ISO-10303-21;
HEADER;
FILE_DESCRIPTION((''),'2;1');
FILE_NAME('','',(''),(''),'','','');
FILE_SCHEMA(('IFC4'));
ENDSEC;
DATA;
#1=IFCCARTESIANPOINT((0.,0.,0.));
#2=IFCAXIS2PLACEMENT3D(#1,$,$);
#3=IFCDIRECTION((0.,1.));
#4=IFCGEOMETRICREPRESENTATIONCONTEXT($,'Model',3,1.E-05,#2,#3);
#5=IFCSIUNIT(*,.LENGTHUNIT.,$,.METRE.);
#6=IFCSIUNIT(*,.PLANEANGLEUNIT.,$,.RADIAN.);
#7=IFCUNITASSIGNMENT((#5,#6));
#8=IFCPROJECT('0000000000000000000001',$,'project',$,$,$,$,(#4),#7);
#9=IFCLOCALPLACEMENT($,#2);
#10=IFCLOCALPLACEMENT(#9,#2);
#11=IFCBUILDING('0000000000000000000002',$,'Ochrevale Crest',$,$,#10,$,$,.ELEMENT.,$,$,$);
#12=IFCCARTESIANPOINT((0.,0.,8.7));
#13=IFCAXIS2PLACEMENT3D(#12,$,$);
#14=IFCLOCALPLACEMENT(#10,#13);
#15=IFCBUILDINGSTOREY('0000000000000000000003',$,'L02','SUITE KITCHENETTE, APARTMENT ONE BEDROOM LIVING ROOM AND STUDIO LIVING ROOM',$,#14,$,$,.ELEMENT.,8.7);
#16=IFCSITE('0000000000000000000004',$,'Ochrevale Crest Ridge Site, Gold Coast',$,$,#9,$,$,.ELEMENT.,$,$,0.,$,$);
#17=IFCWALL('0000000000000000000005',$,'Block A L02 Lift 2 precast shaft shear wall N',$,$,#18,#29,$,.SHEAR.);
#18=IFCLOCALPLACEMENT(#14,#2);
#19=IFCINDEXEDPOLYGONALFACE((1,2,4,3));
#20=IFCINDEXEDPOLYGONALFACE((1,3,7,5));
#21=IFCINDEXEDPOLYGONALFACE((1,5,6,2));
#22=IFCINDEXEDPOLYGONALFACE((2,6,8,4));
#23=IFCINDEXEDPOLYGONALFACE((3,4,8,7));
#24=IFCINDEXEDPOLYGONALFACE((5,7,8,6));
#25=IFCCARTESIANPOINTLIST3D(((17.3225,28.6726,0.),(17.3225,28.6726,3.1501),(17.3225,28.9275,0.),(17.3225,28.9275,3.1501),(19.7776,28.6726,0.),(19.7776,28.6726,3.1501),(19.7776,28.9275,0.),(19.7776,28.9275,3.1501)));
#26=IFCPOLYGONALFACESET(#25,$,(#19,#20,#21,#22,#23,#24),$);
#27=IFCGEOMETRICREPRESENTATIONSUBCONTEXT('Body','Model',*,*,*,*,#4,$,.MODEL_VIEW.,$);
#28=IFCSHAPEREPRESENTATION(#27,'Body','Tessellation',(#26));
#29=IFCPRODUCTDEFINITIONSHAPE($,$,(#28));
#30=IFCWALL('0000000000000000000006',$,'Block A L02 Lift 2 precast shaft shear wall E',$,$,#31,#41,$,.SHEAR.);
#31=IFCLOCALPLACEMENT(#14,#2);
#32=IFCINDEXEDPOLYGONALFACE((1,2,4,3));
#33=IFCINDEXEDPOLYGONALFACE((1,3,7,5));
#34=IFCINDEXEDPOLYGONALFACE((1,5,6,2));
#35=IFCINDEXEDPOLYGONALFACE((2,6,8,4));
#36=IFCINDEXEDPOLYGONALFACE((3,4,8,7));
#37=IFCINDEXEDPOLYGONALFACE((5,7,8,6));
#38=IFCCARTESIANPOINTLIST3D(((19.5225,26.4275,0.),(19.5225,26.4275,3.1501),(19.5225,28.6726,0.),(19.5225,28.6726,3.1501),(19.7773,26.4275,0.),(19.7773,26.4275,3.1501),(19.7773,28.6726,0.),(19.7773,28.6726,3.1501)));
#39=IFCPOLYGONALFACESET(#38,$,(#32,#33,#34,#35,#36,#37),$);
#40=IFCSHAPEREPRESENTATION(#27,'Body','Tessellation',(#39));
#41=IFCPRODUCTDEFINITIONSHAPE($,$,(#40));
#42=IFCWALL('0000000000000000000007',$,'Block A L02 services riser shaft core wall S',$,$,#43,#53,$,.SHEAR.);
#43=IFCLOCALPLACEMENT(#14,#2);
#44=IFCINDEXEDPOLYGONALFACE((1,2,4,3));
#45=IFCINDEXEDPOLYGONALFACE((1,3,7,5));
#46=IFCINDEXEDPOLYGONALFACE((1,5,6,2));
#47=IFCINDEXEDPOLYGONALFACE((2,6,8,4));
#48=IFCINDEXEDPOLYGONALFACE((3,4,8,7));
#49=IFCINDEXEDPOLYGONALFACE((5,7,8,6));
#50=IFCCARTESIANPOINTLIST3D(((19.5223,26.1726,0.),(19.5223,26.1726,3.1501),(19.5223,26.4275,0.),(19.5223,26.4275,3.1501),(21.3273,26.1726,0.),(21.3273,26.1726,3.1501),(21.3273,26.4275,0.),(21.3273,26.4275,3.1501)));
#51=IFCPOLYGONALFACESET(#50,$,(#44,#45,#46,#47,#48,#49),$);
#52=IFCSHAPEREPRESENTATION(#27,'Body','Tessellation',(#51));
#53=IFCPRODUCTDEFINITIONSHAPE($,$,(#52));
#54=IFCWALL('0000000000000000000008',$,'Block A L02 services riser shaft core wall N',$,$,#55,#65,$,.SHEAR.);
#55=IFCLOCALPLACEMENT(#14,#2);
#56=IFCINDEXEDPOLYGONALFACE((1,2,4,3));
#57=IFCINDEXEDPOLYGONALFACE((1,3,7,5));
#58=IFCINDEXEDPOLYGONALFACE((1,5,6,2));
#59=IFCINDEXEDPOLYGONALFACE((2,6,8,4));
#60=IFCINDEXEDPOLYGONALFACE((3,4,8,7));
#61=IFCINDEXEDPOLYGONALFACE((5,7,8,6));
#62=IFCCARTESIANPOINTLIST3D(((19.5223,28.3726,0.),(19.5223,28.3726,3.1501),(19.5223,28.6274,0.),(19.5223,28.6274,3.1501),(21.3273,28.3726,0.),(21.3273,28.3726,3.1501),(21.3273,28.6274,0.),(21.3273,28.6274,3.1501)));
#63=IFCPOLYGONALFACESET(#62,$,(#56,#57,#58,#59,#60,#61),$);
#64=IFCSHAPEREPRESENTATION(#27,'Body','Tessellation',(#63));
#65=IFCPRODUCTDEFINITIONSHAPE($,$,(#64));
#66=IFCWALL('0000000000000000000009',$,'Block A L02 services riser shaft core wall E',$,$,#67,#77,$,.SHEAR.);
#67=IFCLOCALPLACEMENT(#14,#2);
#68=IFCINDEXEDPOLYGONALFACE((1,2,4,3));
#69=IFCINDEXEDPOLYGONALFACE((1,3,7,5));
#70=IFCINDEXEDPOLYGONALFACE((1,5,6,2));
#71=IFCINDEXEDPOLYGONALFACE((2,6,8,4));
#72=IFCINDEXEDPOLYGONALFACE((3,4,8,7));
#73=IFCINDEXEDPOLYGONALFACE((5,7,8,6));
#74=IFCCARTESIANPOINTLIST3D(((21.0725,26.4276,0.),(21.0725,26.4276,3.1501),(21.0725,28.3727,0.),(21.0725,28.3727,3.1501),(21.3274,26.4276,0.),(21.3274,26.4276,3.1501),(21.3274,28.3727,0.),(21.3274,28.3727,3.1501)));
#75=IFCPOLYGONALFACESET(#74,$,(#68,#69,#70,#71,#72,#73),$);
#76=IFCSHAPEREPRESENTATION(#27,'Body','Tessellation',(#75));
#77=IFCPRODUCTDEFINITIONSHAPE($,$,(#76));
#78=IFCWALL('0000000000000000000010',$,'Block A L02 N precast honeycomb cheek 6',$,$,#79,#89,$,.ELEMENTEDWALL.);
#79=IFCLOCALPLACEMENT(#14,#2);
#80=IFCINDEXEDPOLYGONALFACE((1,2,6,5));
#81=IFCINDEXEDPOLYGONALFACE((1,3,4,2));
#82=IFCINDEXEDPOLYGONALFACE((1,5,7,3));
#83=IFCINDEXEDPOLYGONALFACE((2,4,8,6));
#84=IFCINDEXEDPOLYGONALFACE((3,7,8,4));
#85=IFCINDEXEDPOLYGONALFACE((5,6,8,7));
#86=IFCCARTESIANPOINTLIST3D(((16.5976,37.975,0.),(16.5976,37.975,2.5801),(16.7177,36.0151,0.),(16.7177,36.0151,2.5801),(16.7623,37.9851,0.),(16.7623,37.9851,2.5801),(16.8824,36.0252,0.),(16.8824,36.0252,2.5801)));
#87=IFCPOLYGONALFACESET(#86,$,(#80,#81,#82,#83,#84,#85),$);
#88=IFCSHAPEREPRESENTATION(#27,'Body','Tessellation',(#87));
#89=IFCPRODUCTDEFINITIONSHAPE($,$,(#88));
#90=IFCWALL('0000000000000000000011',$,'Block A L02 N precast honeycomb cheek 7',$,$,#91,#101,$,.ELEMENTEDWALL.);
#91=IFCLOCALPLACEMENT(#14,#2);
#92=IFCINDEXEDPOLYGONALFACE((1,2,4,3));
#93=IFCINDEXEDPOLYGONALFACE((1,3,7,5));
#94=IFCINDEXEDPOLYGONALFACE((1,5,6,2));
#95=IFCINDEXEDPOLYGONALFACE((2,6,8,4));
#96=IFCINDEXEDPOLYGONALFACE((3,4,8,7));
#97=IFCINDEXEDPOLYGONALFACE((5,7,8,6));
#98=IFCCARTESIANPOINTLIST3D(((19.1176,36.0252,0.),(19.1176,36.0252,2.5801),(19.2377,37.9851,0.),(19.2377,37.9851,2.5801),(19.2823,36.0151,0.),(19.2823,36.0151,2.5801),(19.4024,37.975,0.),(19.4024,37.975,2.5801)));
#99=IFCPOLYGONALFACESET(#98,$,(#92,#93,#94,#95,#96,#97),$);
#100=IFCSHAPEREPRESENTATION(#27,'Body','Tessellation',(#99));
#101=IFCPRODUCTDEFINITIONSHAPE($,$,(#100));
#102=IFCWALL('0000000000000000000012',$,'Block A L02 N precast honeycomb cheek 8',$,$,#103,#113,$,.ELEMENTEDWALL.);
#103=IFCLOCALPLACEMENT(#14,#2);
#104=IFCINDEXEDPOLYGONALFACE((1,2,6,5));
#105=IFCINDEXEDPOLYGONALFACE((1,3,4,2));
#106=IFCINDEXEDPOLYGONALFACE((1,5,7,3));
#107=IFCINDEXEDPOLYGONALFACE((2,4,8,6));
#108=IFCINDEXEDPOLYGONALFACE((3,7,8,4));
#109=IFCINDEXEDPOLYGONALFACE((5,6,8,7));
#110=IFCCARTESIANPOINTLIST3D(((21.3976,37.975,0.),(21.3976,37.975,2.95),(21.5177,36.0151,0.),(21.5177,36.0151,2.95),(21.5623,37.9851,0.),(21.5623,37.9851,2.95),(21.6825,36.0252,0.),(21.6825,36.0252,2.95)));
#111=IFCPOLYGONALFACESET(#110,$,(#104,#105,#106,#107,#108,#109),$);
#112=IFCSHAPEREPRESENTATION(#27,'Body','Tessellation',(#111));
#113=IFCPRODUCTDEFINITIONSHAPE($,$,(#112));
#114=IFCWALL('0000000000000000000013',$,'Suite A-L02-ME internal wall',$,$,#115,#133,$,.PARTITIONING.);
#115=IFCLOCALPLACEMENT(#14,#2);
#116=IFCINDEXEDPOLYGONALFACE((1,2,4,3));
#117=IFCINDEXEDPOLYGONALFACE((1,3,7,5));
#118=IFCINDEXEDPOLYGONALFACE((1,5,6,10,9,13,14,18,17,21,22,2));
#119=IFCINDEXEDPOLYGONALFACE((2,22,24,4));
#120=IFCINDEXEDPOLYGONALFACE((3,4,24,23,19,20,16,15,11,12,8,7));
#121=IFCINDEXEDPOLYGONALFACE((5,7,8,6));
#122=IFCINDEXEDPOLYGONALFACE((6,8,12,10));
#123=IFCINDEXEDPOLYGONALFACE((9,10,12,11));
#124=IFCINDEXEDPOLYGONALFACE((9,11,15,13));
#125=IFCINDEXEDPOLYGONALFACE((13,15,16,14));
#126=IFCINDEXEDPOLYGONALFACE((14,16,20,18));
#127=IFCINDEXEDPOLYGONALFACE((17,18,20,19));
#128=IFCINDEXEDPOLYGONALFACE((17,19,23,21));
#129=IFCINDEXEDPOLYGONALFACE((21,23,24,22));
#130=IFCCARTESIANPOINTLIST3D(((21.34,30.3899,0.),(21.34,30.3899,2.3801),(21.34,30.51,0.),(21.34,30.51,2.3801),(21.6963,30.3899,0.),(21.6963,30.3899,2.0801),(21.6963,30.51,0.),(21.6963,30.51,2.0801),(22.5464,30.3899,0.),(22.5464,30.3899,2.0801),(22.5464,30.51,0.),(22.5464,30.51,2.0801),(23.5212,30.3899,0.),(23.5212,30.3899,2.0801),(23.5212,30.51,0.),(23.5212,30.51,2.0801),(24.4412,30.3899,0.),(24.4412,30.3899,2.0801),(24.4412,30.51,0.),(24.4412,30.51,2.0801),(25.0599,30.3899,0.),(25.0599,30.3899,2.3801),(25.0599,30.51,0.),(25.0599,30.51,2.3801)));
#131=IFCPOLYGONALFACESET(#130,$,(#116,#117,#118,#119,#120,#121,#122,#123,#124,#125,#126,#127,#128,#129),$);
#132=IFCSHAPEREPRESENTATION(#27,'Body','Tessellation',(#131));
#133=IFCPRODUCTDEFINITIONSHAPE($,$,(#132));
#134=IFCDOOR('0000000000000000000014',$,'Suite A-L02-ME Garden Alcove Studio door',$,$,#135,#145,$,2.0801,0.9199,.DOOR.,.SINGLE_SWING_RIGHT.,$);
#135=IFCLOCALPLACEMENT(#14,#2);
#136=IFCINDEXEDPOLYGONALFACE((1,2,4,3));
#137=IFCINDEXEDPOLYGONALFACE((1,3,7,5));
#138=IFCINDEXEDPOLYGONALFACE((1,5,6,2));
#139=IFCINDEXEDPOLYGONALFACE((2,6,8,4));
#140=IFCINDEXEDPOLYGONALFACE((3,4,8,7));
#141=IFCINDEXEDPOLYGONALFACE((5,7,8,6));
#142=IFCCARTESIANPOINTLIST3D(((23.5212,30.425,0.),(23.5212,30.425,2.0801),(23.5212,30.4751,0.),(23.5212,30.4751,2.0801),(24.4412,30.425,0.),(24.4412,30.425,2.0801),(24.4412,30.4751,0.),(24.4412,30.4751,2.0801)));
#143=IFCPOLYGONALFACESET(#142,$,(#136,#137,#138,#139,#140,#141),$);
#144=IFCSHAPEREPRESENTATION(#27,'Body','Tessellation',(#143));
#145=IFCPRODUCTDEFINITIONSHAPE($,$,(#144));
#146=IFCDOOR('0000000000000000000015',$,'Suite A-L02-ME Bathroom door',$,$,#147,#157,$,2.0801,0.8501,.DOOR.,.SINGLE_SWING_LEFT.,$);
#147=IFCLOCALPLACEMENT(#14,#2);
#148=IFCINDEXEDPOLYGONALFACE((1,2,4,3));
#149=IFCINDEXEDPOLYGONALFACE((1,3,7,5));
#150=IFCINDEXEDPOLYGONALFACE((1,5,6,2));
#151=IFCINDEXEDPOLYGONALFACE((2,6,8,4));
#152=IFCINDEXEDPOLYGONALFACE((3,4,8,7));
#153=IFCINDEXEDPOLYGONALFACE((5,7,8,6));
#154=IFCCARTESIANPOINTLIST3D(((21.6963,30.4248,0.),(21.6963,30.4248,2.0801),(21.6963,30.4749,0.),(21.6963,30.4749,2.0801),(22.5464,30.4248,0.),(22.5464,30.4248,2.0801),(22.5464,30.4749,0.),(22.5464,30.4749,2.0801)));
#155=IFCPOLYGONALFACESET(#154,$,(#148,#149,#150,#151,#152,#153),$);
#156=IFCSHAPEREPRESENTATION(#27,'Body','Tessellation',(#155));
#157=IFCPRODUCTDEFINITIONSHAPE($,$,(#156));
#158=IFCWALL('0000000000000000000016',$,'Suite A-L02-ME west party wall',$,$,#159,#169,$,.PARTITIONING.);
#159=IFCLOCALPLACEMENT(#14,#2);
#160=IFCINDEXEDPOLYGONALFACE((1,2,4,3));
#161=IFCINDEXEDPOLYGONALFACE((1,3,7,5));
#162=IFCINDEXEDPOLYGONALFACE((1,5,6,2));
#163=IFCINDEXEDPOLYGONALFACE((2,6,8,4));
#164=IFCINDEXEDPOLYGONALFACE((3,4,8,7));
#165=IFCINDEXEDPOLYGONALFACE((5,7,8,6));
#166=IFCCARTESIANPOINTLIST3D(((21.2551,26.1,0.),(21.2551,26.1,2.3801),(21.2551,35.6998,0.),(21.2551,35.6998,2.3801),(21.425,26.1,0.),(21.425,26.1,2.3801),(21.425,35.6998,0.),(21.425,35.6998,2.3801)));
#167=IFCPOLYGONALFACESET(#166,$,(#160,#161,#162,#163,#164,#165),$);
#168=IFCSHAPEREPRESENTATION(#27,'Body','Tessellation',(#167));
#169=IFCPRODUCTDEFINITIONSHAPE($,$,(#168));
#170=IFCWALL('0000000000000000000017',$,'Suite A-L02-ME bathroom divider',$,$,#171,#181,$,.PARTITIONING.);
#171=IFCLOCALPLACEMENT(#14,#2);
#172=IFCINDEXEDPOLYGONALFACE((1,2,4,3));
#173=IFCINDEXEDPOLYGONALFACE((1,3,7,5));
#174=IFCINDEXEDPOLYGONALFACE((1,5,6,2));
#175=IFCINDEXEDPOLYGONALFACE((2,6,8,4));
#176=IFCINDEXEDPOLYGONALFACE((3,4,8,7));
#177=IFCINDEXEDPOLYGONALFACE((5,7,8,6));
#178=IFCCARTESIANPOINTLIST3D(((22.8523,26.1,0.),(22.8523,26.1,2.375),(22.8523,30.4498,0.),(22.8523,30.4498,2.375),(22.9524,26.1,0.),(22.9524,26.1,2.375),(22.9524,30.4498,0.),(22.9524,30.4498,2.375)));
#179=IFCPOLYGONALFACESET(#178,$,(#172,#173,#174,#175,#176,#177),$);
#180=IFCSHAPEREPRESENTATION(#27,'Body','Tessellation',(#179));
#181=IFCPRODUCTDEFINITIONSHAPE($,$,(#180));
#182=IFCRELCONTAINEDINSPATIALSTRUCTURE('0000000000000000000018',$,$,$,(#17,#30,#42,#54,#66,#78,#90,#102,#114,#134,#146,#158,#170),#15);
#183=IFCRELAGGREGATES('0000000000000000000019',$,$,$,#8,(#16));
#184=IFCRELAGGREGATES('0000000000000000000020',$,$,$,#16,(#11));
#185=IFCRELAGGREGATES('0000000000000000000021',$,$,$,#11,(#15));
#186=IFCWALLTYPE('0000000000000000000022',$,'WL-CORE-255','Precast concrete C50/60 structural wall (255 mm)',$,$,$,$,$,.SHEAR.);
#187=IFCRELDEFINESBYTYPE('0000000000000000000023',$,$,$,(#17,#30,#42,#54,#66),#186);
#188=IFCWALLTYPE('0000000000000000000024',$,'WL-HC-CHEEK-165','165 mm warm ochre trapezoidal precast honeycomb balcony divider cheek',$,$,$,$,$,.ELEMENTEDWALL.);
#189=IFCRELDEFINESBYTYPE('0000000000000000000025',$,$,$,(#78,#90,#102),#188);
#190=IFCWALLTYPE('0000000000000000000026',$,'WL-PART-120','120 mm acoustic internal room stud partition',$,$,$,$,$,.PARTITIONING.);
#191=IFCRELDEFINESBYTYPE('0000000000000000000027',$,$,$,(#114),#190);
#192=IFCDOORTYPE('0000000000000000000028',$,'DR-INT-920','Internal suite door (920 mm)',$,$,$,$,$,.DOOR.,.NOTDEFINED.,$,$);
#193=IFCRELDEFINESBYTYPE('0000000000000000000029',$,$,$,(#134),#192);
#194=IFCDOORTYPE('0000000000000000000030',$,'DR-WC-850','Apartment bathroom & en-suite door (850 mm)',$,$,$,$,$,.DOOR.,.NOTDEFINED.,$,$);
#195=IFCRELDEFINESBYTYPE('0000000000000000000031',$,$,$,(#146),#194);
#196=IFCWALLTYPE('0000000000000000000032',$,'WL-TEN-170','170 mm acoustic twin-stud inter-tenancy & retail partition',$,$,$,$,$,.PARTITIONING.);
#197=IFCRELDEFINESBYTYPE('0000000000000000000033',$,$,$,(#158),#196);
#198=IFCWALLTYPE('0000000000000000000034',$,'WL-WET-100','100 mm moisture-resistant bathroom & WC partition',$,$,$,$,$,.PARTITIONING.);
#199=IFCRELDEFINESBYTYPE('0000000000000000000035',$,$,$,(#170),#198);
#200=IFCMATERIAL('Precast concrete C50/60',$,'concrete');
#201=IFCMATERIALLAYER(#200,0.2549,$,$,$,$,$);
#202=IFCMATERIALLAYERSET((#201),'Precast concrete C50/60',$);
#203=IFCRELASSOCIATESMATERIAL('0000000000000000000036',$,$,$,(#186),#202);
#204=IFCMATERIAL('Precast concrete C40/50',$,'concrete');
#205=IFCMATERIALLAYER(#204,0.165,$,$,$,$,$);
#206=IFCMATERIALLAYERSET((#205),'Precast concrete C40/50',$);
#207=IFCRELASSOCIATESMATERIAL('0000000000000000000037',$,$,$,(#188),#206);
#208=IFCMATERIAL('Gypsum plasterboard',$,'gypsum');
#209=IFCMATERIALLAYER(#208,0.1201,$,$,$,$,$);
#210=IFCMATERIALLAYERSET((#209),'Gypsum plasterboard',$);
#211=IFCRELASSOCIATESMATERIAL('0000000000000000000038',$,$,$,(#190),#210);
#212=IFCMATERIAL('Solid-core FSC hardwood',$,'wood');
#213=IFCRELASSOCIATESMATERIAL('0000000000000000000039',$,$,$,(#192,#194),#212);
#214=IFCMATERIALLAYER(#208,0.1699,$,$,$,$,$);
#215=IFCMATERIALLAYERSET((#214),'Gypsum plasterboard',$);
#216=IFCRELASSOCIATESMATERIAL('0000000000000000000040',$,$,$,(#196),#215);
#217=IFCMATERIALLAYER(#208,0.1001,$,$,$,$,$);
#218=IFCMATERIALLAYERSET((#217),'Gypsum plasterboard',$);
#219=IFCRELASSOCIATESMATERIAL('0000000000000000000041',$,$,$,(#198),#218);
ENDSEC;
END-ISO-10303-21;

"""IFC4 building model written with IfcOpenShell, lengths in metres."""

from ifc_helpers import new_model, si_unit, direction, frame, frame_2d, origin, place, context, subcontext, project, spatial, rectangle, extrude, material, layer, layer_set, type_object, element, fill, save


model = new_model("IFC4")

# Units and contexts
model_context = context("Model", 3, precision=1e-05, world=origin(), true_north=direction((0.0, 1.0)))
body_context = subcontext(model_context, "Body", "Model", "MODEL_VIEW")
ifc_project = project(units=[si_unit("LENGTHUNIT", "METRE"), si_unit("PLANEANGLEUNIT", "RADIAN")], contexts=[model_context])

# Site, building, storey
site_placement = place(None, origin())
site = spatial("IfcSite", under=ifc_project, at=site_placement, Name="Ochrevale Crest Ridge Site, Gold Coast", CompositionType="ELEMENT", RefElevation=0.0)
building_placement = place(site_placement, origin())
building = spatial("IfcBuilding", under=site, at=building_placement, Name="Ochrevale Crest", CompositionType="ELEMENT")
storey_placement = place(building_placement, frame((0.0, 0.0, 8.7)))
storey = spatial("IfcBuildingStorey", under=building, at=storey_placement, Name="L02", Description="SUITE KITCHENETTE, APARTMENT ONE BEDROOM LIVING ROOM AND STUDIO LIVING ROOM", CompositionType="ELEMENT", Elevation=8.7)

# Shared definitions
ifc_material_1 = material(Name="Precast concrete C50/60", Category="concrete")

# Shared definitions
ifc_material_2 = material(Name="Precast concrete C40/50", Category="concrete")

# Shared definitions
ifc_material_3 = material(Name="Gypsum plasterboard", Category="gypsum")
ifc_material_4 = material(Name="Solid-core FSC hardwood", Category="wood")

# Shared definitions
ifc_layer_1 = layer(ifc_material_1, 0.2549)
ifc_layer_set_1 = layer_set([ifc_layer_1], Name="Precast concrete C50/60")
wall_type_1 = type_object("IfcWallType", Name="WL-CORE-255", Description="Precast concrete C50/60 structural wall (255 mm)", PredefinedType="SHEAR", material=ifc_layer_set_1)

# Walls
wall_1_placement = place(storey_placement, frame((17.3225, 28.8, 0.0), z_axis=(0.0, 0.0, 1.0), x_axis=(1.0, 0.0, 0.0)))
element("IfcWall", 1, at=wall_1_placement, inside=storey, type_object=wall_type_1, Name="Block A L02 Lift 2 precast shaft shear wall N", PredefinedType="SHEAR", context=body_context, shape_type="SweptSolid", body=[
    extrude(rectangle(XDim=2.4551, YDim=0.2549, at=frame_2d((1.2275, 0.0))), origin(), (0.0, 0.0, 1.0), 3.1501),
])
wall_2_placement = place(storey_placement, frame((19.6499, 26.4275, 0.0), z_axis=(0.0, 0.0, 1.0), x_axis=(0.0, 1.0, 0.0)))
element("IfcWall", 2, at=wall_2_placement, inside=storey, type_object=wall_type_1, Name="Block A L02 Lift 2 precast shaft shear wall E", PredefinedType="SHEAR", context=body_context, shape_type="SweptSolid", body=[
    extrude(rectangle(XDim=2.2451, YDim=0.2549, at=frame_2d((1.1226, 0.0))), origin(), (0.0, 0.0, 1.0), 3.1501),
])
for number, where, z_axis, x_axis, name in (
    (3, (19.5225, 26.3, 0.0), (0.0, 0.0, 1.0), (1.0, 0.0, 0.0), "Block A L02 services riser shaft core wall S"),
    (4, (19.5225, 28.5, 0.0), (0.0, 0.0, 1.0), (1.0, 0.0, 0.0), "Block A L02 services riser shaft core wall N"),
):
    element("IfcWall", number, at=place(storey_placement, frame(where, z_axis=z_axis, x_axis=x_axis)), inside=storey, type_object=wall_type_1, Name=name, PredefinedType="SHEAR", context=body_context, shape_type="SweptSolid", body=[
        extrude(rectangle(XDim=1.8049, YDim=0.2549, at=frame_2d((0.9023, 0.0))), origin(), (0.0, 0.0, 1.0), 3.1501),
    ])
wall_3_placement = place(storey_placement, frame((21.2, 26.4275, 0.0), z_axis=(0.0, 0.0, 1.0), x_axis=(0.0, 1.0, 0.0)))
element("IfcWall", 5, at=wall_3_placement, inside=storey, type_object=wall_type_1, Name="Block A L02 services riser shaft core wall E", PredefinedType="SHEAR", context=body_context, shape_type="SweptSolid", body=[
    extrude(rectangle(XDim=1.9451, YDim=0.2549, at=frame_2d((0.9727, 0.0))), origin(), (0.0, 0.0, 1.0), 3.1501),
])
ifc_layer_2 = layer(ifc_material_2, 0.165)
ifc_layer_set_2 = layer_set([ifc_layer_2], Name="Precast concrete C40/50")
wall_type_2 = type_object("IfcWallType", Name="WL-HC-CHEEK-165", Description="165 mm warm ochre trapezoidal precast honeycomb balcony divider cheek", PredefinedType="ELEMENTEDWALL", material=ifc_layer_set_2)
for number, where, z_axis, x_axis, name in (
    (6, (16.8, 36.02, 0.0), (0.0, 0.0, 1.0), (-0.061171, 0.998127, 0.0), "Block A L02 N precast honeycomb cheek 6"),
    (7, (19.2, 36.02, 0.0), (0.0, 0.0, 1.0), (0.061171, 0.998127, 0.0), "Block A L02 N precast honeycomb cheek 7"),
):
    element("IfcWall", number, at=place(storey_placement, frame(where, z_axis=z_axis, x_axis=x_axis)), inside=storey, type_object=wall_type_2, Name=name, PredefinedType="ELEMENTEDWALL", context=body_context, shape_type="SweptSolid", body=[
        extrude(rectangle(XDim=1.9636, YDim=0.165, at=frame_2d((0.9819, 0.0))), origin(), (0.0, 0.0, 1.0), 2.5801),
    ])
wall_4_placement = place(storey_placement, frame((21.6001, 36.02, 0.0), z_axis=(0.0, 0.0, 1.0), x_axis=(-0.061171, 0.998127, 0.0)))
element("IfcWall", 8, at=wall_4_placement, inside=storey, type_object=wall_type_2, Name="Block A L02 N precast honeycomb cheek 8", PredefinedType="ELEMENTEDWALL", context=body_context, shape_type="SweptSolid", body=[
    extrude(rectangle(XDim=1.9636, YDim=0.165, at=frame_2d((0.9819, 0.0))), origin(), (0.0, 0.0, 1.0), 2.95),
])

# Wall, openings, doors
ifc_layer_3 = layer(ifc_material_3, 0.1201)
ifc_layer_set_3 = layer_set([ifc_layer_3], Name="Gypsum plasterboard")
wall_type_3 = type_object("IfcWallType", Name="WL-PART-120", Description="120 mm acoustic internal room stud partition", PredefinedType="PARTITIONING", material=ifc_layer_set_3)
wall_5_placement = place(storey_placement, frame((21.3401, 30.45, 0.0), z_axis=(0.0, 0.0, 1.0), x_axis=(1.0, 0.0, 0.0)))
wall_5 = element("IfcWall", 9, at=wall_5_placement, inside=storey, type_object=wall_type_3, Name="Suite A-L02-ME internal wall", PredefinedType="PARTITIONING", context=body_context, shape_type="SweptSolid", body=[
    extrude(rectangle(XDim=3.72, YDim=0.1201, at=frame_2d((1.8599, 0.0))), origin(), (0.0, 0.0, 1.0), 2.3801),
])
opening_1_placement = place(wall_5_placement, frame((0.3562, 0.0, 0.0)))
opening_1 = element("IfcOpeningElement", 10, at=opening_1_placement, cuts=wall_5, PredefinedType="OPENING", context=body_context, shape_type="SweptSolid", body=[
    extrude(rectangle(XDim=0.8501, YDim=2.0801, at=frame_2d((0.425, 1.04))), frame((0.0, 0.0701, 0.0), z_axis=(0.0, -1.0, 0.0), x_axis=(1.0, 0.0, 0.0)), (0.0, 0.0, 1.0), 0.1401),
])
opening_2_placement = place(wall_5_placement, frame((3.1011, 0.0, 0.0), z_axis=(0.0, 0.0, 1.0), x_axis=(-1.0, 0.0, 0.0)))
opening_2 = element("IfcOpeningElement", 11, at=opening_2_placement, cuts=wall_5, PredefinedType="OPENING", context=body_context, shape_type="SweptSolid", body=[
    extrude(rectangle(XDim=0.9199, YDim=2.0801, at=frame_2d((0.46, 1.04))), frame((0.0, 0.0701, 0.0), z_axis=(0.0, -1.0, 0.0), x_axis=(1.0, 0.0, 0.0)), (0.0, 0.0, 1.0), 0.1401),
])
door_type_1 = type_object("IfcDoorType", Name="DR-INT-920", Description="Internal suite door (920 mm)", OperationType="NOTDEFINED", PredefinedType="DOOR", material=ifc_material_4)
door_1_placement = place(opening_2_placement, origin())
door_1 = element("IfcDoor", 12, at=door_1_placement, inside=storey, type_object=door_type_1, Name="Suite A-L02-ME Garden Alcove Studio door", OperationType="SINGLE_SWING_RIGHT", OverallHeight=2.0801, OverallWidth=0.9199, PredefinedType="DOOR", context=body_context, shape_type="SweptSolid", body=[
    extrude(rectangle(XDim=0.9199, YDim=2.0801, at=frame_2d((0.46, 1.04))), frame((0.0, 0.0249, 0.0), z_axis=(0.0, -1.0, 0.0), x_axis=(1.0, 0.0, 0.0)), (0.0, 0.0, 1.0), 0.05),
])
fill(opening_2, door_1)
door_type_2 = type_object("IfcDoorType", Name="DR-WC-850", Description="Apartment bathroom & en-suite door (850 mm)", OperationType="NOTDEFINED", PredefinedType="DOOR", material=ifc_material_4)
door_2_placement = place(opening_1_placement, origin())
door_2 = element("IfcDoor", 13, at=door_2_placement, inside=storey, type_object=door_type_2, Name="Suite A-L02-ME Bathroom door", OperationType="SINGLE_SWING_LEFT", OverallHeight=2.0801, OverallWidth=0.8501, PredefinedType="DOOR", context=body_context, shape_type="SweptSolid", body=[
    extrude(rectangle(XDim=0.8501, YDim=2.0801, at=frame_2d((0.425, 1.04))), frame((0.0, 0.0249, 0.0), z_axis=(0.0, -1.0, 0.0), x_axis=(1.0, 0.0, 0.0)), (0.0, 0.0, 1.0), 0.05),
])
fill(opening_1, door_2)

# Walls
ifc_layer_4 = layer(ifc_material_3, 0.1699)
ifc_layer_set_4 = layer_set([ifc_layer_4], Name="Gypsum plasterboard")
wall_type_4 = type_object("IfcWallType", Name="WL-TEN-170", Description="170 mm acoustic twin-stud inter-tenancy & retail partition", PredefinedType="PARTITIONING", material=ifc_layer_set_4)
wall_6_placement = place(storey_placement, frame((21.3401, 26.1001, 0.0), z_axis=(0.0, 0.0, 1.0), x_axis=(0.0, 1.0, 0.0)))
element("IfcWall", 14, at=wall_6_placement, inside=storey, type_object=wall_type_4, Name="Suite A-L02-ME west party wall", PredefinedType="PARTITIONING", context=body_context, shape_type="SweptSolid", body=[
    extrude(rectangle(XDim=9.5999, YDim=0.1699, at=frame_2d((4.7998, 0.0))), origin(), (0.0, 0.0, 1.0), 2.3801),
])
ifc_layer_5 = layer(ifc_material_3, 0.1001)
ifc_layer_set_5 = layer_set([ifc_layer_5], Name="Gypsum plasterboard")
wall_type_5 = type_object("IfcWallType", Name="WL-WET-100", Description="100 mm moisture-resistant bathroom & WC partition", PredefinedType="PARTITIONING", material=ifc_layer_set_5)
wall_7_placement = place(storey_placement, frame((22.9023, 26.1001, 0.0), z_axis=(0.0, 0.0, 1.0), x_axis=(0.0, 1.0, 0.0)))
element("IfcWall", 15, at=wall_7_placement, inside=storey, type_object=wall_type_5, Name="Suite A-L02-ME bathroom divider", PredefinedType="PARTITIONING", context=body_context, shape_type="SweptSolid", body=[
    extrude(rectangle(XDim=4.3499, YDim=0.1001, at=frame_2d((2.1748, 0.0))), origin(), (0.0, 0.0, 1.0), 2.375),
])

save(model, "model.ifc")
